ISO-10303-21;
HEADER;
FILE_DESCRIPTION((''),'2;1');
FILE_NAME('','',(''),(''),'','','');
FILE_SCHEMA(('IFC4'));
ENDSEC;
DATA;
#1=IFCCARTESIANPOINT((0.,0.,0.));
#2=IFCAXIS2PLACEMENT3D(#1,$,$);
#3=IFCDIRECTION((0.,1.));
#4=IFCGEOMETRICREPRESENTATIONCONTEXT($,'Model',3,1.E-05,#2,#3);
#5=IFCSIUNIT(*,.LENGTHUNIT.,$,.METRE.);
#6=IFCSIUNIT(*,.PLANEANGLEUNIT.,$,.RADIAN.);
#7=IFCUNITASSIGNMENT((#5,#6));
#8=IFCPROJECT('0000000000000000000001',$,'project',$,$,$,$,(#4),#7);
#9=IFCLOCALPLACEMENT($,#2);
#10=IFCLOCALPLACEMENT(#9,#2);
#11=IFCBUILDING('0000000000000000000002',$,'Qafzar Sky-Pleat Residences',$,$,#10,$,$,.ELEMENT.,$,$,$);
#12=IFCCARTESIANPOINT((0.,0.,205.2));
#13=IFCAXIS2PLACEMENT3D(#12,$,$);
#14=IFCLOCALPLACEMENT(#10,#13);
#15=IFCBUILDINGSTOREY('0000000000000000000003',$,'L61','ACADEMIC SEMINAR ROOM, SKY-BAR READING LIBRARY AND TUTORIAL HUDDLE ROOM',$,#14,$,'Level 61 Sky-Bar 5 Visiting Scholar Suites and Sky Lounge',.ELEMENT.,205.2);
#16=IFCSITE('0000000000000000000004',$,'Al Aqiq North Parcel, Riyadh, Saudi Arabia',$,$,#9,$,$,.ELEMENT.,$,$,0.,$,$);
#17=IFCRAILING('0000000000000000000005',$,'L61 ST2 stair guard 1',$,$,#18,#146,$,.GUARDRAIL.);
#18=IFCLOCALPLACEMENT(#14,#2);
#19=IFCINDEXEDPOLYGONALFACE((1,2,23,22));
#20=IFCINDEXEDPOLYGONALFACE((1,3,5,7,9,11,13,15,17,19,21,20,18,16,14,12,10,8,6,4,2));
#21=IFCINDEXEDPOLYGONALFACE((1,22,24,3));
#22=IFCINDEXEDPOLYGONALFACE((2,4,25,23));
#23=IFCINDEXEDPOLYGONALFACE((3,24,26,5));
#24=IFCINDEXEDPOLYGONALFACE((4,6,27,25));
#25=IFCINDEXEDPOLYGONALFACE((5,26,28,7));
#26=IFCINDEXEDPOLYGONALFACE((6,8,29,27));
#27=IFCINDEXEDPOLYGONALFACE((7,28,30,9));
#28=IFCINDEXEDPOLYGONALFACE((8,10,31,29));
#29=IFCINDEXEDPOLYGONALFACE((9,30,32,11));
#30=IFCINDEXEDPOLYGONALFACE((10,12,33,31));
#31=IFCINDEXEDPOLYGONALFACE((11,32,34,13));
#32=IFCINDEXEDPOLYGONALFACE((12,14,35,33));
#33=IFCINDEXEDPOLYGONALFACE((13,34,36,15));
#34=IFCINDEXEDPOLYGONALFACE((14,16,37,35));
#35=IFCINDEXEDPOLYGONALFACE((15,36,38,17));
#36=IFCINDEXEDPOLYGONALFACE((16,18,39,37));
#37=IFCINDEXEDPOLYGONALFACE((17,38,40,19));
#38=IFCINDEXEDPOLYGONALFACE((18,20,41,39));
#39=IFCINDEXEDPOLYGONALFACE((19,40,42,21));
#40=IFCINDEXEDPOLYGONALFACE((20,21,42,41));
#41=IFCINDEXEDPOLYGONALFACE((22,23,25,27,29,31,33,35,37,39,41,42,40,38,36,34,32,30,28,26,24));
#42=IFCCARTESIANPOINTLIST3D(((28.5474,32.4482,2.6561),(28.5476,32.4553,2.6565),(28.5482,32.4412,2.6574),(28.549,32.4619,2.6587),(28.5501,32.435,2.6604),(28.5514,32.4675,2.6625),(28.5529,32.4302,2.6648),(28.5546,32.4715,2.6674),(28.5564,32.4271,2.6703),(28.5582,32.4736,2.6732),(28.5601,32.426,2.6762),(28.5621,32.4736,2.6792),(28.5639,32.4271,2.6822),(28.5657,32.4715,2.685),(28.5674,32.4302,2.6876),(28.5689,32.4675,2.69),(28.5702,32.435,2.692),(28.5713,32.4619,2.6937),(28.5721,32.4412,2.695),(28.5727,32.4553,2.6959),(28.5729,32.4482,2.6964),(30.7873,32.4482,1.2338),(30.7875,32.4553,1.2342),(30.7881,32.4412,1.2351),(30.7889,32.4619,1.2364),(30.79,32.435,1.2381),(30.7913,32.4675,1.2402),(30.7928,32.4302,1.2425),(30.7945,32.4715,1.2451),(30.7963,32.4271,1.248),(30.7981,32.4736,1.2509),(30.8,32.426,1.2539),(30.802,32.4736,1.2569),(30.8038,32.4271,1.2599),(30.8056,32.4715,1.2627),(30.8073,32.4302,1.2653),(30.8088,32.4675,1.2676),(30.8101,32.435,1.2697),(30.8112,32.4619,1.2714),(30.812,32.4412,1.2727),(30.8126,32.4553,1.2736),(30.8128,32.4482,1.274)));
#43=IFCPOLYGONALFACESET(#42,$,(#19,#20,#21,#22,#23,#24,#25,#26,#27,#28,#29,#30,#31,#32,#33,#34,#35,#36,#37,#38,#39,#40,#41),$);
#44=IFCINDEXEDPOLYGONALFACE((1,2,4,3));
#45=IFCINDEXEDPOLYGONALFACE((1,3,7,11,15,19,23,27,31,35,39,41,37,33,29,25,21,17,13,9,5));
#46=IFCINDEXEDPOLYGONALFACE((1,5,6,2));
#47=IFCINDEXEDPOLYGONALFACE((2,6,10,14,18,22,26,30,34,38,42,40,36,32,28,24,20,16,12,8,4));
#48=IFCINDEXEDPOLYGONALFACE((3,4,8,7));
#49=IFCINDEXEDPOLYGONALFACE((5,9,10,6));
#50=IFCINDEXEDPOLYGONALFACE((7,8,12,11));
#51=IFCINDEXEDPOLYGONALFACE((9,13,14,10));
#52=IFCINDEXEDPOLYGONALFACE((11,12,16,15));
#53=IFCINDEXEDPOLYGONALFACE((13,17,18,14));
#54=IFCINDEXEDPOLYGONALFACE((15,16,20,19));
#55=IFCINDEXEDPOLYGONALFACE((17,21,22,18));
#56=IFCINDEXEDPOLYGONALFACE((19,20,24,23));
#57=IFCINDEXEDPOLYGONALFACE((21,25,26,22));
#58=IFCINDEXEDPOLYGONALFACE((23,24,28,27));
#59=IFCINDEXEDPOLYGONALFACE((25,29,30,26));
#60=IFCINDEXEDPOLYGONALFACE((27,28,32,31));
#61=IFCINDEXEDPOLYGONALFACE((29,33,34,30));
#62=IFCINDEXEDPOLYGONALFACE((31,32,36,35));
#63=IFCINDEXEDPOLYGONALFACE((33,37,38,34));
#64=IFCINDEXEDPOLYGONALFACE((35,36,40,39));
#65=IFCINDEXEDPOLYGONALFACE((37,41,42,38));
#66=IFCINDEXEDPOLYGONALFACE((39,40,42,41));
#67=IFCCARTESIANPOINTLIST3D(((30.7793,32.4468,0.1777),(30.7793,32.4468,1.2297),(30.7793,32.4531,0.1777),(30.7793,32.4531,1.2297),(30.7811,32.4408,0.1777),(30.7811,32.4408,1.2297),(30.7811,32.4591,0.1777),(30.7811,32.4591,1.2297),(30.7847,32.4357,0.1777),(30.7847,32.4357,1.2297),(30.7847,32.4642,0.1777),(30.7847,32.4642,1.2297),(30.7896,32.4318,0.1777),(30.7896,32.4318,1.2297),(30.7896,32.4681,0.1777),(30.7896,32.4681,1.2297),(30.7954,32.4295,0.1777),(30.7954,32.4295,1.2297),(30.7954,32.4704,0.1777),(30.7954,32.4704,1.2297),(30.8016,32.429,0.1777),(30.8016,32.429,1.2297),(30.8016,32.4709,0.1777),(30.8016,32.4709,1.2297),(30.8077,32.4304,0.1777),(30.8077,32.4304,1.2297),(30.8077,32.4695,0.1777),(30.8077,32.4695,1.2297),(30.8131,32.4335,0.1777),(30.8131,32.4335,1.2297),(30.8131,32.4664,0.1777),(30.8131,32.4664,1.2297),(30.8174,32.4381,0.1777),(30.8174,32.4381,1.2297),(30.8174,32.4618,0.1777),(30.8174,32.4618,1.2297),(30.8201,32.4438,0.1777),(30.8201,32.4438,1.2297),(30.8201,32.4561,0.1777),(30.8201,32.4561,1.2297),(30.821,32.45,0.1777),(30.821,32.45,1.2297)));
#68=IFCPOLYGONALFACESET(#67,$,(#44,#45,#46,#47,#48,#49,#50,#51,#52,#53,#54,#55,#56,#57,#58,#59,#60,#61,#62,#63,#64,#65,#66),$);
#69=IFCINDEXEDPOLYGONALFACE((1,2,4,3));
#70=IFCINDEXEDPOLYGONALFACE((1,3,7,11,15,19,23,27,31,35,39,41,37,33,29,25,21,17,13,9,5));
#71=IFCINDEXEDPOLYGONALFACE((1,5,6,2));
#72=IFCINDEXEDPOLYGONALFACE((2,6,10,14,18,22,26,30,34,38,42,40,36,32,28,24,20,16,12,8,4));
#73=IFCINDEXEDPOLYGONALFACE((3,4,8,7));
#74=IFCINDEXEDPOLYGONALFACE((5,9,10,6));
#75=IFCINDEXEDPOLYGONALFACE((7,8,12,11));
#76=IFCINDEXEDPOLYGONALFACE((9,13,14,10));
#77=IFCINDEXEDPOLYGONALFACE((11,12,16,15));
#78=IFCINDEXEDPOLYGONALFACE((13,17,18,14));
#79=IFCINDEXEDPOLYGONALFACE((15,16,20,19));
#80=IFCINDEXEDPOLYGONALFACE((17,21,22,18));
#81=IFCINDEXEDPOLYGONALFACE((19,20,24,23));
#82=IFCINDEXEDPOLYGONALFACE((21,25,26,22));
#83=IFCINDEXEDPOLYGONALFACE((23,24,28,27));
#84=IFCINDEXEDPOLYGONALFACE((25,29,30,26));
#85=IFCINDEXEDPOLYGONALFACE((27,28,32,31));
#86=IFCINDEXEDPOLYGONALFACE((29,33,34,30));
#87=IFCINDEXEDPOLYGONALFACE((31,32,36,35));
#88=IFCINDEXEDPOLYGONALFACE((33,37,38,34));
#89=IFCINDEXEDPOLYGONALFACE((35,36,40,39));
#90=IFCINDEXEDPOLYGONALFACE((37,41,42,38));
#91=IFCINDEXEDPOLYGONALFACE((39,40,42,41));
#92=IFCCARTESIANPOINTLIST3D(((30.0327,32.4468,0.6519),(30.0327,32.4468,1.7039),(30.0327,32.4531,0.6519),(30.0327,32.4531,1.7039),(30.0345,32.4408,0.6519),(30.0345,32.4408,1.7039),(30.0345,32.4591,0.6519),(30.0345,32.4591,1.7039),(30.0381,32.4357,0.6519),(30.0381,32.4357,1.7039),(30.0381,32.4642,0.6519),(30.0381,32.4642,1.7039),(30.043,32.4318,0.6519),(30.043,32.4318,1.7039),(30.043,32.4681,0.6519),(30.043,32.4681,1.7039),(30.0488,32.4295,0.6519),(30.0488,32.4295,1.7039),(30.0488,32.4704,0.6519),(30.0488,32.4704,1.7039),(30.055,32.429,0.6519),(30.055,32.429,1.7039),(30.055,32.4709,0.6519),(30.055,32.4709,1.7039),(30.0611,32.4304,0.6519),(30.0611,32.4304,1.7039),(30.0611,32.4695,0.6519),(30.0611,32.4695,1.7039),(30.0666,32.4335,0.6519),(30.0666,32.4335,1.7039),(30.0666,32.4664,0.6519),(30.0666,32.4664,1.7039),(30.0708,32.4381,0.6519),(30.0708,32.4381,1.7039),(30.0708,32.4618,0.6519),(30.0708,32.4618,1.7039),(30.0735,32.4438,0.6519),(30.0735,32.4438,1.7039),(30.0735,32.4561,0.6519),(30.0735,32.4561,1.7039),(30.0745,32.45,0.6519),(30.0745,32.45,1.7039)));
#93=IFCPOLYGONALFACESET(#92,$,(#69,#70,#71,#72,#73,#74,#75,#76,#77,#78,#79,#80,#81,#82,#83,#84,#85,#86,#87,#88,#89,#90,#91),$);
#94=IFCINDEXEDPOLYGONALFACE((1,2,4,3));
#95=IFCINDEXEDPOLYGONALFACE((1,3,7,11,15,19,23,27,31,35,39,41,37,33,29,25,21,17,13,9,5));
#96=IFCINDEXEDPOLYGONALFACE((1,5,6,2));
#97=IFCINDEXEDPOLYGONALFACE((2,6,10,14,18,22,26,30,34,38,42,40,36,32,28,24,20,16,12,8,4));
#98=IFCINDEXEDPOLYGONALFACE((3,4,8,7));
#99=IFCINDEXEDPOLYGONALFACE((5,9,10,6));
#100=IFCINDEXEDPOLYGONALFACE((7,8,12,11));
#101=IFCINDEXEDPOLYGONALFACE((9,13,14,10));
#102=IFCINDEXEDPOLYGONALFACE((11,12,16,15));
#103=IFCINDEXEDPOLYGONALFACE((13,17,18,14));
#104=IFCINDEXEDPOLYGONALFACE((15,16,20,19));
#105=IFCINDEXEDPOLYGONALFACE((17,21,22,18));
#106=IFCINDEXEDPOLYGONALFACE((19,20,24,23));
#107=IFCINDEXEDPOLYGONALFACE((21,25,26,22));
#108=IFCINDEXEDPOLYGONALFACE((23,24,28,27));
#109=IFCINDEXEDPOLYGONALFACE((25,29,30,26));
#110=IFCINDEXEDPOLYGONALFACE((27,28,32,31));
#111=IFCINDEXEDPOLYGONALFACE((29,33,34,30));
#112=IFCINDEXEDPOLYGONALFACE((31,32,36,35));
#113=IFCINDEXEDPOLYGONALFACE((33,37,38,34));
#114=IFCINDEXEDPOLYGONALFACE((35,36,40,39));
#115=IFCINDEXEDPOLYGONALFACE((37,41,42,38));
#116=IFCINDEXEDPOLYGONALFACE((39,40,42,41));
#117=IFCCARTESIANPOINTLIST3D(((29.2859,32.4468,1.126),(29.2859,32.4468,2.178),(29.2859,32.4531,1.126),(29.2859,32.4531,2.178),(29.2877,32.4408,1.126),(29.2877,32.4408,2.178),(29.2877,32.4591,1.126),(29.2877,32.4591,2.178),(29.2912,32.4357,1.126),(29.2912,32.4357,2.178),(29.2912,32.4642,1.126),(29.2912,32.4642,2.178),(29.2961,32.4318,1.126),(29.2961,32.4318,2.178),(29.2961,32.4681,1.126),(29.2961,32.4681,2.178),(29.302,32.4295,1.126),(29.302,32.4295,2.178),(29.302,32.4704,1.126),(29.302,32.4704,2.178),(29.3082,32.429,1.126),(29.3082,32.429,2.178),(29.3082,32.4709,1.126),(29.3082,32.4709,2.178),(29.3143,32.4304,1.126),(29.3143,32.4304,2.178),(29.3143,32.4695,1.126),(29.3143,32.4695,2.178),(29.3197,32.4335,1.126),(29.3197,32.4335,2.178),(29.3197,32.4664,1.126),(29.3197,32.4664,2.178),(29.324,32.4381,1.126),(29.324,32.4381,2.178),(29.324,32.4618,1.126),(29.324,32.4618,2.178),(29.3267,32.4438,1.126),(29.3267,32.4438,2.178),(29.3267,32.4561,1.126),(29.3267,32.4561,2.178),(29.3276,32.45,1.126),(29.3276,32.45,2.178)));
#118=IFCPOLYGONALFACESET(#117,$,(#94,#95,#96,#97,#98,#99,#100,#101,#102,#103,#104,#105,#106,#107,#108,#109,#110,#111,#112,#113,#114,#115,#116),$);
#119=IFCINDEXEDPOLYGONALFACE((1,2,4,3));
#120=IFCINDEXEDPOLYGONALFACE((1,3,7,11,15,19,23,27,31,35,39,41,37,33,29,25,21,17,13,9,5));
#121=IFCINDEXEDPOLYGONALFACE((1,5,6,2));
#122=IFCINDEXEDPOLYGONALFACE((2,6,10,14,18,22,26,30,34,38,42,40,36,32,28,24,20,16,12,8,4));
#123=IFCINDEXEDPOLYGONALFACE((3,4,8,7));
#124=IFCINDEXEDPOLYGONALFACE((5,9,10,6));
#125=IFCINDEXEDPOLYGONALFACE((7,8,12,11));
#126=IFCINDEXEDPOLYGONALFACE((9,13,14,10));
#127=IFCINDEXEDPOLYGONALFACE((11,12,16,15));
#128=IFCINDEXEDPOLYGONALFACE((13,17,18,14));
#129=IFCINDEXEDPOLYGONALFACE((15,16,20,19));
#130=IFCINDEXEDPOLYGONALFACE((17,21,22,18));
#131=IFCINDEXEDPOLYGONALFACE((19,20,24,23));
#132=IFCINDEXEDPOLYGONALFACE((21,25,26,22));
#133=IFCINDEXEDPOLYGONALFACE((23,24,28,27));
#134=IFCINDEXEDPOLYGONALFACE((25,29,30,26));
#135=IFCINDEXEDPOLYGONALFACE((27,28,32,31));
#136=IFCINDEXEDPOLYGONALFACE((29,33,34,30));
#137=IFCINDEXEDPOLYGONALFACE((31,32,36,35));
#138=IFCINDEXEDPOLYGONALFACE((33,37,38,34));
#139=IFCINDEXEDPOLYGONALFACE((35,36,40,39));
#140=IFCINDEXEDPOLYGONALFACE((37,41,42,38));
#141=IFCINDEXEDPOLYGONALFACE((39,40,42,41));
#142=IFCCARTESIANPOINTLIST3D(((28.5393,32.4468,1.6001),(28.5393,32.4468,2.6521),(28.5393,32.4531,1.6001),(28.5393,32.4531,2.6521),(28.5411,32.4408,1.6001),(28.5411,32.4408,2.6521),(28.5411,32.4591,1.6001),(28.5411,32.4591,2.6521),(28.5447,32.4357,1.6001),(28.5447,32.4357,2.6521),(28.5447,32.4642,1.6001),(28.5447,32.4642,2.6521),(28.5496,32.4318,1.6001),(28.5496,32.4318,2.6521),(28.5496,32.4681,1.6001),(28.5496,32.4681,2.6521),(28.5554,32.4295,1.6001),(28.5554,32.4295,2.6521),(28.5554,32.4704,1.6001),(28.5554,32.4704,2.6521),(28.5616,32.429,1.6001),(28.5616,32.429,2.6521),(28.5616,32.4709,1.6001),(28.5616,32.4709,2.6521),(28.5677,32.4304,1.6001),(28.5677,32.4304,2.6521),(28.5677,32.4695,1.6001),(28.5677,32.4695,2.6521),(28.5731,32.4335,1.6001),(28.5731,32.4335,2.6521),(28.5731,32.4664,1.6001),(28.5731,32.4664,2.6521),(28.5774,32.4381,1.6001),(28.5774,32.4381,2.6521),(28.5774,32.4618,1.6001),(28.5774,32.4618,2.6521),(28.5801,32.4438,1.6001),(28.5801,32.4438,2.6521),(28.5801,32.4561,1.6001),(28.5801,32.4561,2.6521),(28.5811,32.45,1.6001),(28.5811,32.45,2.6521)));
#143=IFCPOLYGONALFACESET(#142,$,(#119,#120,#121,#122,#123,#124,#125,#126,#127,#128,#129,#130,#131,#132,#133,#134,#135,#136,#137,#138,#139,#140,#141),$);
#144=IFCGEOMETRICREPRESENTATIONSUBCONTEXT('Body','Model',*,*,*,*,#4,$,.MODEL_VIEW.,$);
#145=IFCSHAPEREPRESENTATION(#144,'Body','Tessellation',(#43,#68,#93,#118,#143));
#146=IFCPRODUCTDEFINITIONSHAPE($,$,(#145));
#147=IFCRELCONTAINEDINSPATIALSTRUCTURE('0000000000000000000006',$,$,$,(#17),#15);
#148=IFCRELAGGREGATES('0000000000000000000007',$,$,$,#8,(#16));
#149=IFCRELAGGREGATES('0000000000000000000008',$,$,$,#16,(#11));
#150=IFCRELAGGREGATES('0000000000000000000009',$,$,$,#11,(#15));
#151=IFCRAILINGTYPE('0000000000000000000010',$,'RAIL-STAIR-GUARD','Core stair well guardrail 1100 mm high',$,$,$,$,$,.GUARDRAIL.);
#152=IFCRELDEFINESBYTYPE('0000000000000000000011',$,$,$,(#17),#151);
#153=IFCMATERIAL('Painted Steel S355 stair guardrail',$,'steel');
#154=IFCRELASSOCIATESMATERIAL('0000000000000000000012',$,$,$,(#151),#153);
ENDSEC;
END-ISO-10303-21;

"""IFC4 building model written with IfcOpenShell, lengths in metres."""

from ifc_helpers import new_model, si_unit, direction, frame, origin, origin_2d, place, context, subcontext, project, spatial, circle, extrude, source, transform, mapped, material, type_object, element, save


model = new_model("IFC4")

# Units and contexts
model_context = context("Model", 3, precision=1e-05, world=origin(), true_north=direction((0.0, 1.0)))
body_context = subcontext(model_context, "Body", "Model", "MODEL_VIEW")
ifc_project = project(units=[si_unit("LENGTHUNIT", "METRE"), si_unit("PLANEANGLEUNIT", "RADIAN")], contexts=[model_context])

# Site, building, storey
site_placement = place(None, origin())
site = spatial("IfcSite", under=ifc_project, at=site_placement, Name="Al Aqiq North Parcel, Riyadh, Saudi Arabia", CompositionType="ELEMENT", RefElevation=0.0)
building_placement = place(site_placement, origin())
building = spatial("IfcBuilding", under=site, at=building_placement, Name="Qafzar Sky-Pleat Residences", CompositionType="ELEMENT")
storey_placement = place(building_placement, frame((0.0, 0.0, 205.2)))
storey = spatial("IfcBuildingStorey", under=building, at=storey_placement, Name="L61", Description="ACADEMIC SEMINAR ROOM, SKY-BAR READING LIBRARY AND TUTORIAL HUDDLE ROOM", LongName="Level 61 Sky-Bar 5 Visiting Scholar Suites and Sky Lounge", CompositionType="ELEMENT", Elevation=205.2)

# Railing
ifc_material_1 = material(Name="Painted Steel S355 stair guardrail", Category="steel")
railing_type_1 = type_object("IfcRailingType", Name="RAIL-STAIR-GUARD", Description="Core stair well guardrail 1100 mm high", PredefinedType="GUARDRAIL", material=ifc_material_1)
shared_shape_1 = source(origin(), body_context, "Body", "SweptSolid", [
    extrude(circle(Radius=0.0239, at=origin_2d()), frame((0.0, 0.0, 1.0762), z_axis=(-0.844188, 0.0, 0.536048), x_axis=(0.0, -1.0, 0.0)), (0.0, 0.0, 1.0), 2.6533),
    extrude(circle(Radius=0.021, at=origin_2d()), origin(), (0.0, 0.0, 1.0), 1.052),
    extrude(circle(Radius=0.021, at=origin_2d()), frame((-0.7466, 0.0, 0.4741)), (0.0, 0.0, 1.0), 1.052),
    extrude(circle(Radius=0.021, at=origin_2d()), frame((-1.4934, 0.0, 0.9482)), (0.0, 0.0, 1.0), 1.052),
    extrude(circle(Radius=0.021, at=origin_2d()), frame((-2.24, 0.0, 1.4224)), (0.0, 0.0, 1.0), 1.052),
])
railing_1_placement = place(storey_placement, frame((30.8, 32.45, 0.1777)))
element("IfcRailing", 1, at=railing_1_placement, inside=storey, type_object=railing_type_1, Name="L61 ST2 stair guard 1", PredefinedType="GUARDRAIL", context=body_context, shape_type="MappedRepresentation", body=[
    mapped(shared_shape_1, transform((0.0, 0.0, 0.0), x_axis=(1.0, 0.0, 0.0), y_axis=(0.0, 1.0, 0.0), z_axis=(0.0, 0.0, 1.0), scale=1.0)),
])

save(model, "model.ifc")
